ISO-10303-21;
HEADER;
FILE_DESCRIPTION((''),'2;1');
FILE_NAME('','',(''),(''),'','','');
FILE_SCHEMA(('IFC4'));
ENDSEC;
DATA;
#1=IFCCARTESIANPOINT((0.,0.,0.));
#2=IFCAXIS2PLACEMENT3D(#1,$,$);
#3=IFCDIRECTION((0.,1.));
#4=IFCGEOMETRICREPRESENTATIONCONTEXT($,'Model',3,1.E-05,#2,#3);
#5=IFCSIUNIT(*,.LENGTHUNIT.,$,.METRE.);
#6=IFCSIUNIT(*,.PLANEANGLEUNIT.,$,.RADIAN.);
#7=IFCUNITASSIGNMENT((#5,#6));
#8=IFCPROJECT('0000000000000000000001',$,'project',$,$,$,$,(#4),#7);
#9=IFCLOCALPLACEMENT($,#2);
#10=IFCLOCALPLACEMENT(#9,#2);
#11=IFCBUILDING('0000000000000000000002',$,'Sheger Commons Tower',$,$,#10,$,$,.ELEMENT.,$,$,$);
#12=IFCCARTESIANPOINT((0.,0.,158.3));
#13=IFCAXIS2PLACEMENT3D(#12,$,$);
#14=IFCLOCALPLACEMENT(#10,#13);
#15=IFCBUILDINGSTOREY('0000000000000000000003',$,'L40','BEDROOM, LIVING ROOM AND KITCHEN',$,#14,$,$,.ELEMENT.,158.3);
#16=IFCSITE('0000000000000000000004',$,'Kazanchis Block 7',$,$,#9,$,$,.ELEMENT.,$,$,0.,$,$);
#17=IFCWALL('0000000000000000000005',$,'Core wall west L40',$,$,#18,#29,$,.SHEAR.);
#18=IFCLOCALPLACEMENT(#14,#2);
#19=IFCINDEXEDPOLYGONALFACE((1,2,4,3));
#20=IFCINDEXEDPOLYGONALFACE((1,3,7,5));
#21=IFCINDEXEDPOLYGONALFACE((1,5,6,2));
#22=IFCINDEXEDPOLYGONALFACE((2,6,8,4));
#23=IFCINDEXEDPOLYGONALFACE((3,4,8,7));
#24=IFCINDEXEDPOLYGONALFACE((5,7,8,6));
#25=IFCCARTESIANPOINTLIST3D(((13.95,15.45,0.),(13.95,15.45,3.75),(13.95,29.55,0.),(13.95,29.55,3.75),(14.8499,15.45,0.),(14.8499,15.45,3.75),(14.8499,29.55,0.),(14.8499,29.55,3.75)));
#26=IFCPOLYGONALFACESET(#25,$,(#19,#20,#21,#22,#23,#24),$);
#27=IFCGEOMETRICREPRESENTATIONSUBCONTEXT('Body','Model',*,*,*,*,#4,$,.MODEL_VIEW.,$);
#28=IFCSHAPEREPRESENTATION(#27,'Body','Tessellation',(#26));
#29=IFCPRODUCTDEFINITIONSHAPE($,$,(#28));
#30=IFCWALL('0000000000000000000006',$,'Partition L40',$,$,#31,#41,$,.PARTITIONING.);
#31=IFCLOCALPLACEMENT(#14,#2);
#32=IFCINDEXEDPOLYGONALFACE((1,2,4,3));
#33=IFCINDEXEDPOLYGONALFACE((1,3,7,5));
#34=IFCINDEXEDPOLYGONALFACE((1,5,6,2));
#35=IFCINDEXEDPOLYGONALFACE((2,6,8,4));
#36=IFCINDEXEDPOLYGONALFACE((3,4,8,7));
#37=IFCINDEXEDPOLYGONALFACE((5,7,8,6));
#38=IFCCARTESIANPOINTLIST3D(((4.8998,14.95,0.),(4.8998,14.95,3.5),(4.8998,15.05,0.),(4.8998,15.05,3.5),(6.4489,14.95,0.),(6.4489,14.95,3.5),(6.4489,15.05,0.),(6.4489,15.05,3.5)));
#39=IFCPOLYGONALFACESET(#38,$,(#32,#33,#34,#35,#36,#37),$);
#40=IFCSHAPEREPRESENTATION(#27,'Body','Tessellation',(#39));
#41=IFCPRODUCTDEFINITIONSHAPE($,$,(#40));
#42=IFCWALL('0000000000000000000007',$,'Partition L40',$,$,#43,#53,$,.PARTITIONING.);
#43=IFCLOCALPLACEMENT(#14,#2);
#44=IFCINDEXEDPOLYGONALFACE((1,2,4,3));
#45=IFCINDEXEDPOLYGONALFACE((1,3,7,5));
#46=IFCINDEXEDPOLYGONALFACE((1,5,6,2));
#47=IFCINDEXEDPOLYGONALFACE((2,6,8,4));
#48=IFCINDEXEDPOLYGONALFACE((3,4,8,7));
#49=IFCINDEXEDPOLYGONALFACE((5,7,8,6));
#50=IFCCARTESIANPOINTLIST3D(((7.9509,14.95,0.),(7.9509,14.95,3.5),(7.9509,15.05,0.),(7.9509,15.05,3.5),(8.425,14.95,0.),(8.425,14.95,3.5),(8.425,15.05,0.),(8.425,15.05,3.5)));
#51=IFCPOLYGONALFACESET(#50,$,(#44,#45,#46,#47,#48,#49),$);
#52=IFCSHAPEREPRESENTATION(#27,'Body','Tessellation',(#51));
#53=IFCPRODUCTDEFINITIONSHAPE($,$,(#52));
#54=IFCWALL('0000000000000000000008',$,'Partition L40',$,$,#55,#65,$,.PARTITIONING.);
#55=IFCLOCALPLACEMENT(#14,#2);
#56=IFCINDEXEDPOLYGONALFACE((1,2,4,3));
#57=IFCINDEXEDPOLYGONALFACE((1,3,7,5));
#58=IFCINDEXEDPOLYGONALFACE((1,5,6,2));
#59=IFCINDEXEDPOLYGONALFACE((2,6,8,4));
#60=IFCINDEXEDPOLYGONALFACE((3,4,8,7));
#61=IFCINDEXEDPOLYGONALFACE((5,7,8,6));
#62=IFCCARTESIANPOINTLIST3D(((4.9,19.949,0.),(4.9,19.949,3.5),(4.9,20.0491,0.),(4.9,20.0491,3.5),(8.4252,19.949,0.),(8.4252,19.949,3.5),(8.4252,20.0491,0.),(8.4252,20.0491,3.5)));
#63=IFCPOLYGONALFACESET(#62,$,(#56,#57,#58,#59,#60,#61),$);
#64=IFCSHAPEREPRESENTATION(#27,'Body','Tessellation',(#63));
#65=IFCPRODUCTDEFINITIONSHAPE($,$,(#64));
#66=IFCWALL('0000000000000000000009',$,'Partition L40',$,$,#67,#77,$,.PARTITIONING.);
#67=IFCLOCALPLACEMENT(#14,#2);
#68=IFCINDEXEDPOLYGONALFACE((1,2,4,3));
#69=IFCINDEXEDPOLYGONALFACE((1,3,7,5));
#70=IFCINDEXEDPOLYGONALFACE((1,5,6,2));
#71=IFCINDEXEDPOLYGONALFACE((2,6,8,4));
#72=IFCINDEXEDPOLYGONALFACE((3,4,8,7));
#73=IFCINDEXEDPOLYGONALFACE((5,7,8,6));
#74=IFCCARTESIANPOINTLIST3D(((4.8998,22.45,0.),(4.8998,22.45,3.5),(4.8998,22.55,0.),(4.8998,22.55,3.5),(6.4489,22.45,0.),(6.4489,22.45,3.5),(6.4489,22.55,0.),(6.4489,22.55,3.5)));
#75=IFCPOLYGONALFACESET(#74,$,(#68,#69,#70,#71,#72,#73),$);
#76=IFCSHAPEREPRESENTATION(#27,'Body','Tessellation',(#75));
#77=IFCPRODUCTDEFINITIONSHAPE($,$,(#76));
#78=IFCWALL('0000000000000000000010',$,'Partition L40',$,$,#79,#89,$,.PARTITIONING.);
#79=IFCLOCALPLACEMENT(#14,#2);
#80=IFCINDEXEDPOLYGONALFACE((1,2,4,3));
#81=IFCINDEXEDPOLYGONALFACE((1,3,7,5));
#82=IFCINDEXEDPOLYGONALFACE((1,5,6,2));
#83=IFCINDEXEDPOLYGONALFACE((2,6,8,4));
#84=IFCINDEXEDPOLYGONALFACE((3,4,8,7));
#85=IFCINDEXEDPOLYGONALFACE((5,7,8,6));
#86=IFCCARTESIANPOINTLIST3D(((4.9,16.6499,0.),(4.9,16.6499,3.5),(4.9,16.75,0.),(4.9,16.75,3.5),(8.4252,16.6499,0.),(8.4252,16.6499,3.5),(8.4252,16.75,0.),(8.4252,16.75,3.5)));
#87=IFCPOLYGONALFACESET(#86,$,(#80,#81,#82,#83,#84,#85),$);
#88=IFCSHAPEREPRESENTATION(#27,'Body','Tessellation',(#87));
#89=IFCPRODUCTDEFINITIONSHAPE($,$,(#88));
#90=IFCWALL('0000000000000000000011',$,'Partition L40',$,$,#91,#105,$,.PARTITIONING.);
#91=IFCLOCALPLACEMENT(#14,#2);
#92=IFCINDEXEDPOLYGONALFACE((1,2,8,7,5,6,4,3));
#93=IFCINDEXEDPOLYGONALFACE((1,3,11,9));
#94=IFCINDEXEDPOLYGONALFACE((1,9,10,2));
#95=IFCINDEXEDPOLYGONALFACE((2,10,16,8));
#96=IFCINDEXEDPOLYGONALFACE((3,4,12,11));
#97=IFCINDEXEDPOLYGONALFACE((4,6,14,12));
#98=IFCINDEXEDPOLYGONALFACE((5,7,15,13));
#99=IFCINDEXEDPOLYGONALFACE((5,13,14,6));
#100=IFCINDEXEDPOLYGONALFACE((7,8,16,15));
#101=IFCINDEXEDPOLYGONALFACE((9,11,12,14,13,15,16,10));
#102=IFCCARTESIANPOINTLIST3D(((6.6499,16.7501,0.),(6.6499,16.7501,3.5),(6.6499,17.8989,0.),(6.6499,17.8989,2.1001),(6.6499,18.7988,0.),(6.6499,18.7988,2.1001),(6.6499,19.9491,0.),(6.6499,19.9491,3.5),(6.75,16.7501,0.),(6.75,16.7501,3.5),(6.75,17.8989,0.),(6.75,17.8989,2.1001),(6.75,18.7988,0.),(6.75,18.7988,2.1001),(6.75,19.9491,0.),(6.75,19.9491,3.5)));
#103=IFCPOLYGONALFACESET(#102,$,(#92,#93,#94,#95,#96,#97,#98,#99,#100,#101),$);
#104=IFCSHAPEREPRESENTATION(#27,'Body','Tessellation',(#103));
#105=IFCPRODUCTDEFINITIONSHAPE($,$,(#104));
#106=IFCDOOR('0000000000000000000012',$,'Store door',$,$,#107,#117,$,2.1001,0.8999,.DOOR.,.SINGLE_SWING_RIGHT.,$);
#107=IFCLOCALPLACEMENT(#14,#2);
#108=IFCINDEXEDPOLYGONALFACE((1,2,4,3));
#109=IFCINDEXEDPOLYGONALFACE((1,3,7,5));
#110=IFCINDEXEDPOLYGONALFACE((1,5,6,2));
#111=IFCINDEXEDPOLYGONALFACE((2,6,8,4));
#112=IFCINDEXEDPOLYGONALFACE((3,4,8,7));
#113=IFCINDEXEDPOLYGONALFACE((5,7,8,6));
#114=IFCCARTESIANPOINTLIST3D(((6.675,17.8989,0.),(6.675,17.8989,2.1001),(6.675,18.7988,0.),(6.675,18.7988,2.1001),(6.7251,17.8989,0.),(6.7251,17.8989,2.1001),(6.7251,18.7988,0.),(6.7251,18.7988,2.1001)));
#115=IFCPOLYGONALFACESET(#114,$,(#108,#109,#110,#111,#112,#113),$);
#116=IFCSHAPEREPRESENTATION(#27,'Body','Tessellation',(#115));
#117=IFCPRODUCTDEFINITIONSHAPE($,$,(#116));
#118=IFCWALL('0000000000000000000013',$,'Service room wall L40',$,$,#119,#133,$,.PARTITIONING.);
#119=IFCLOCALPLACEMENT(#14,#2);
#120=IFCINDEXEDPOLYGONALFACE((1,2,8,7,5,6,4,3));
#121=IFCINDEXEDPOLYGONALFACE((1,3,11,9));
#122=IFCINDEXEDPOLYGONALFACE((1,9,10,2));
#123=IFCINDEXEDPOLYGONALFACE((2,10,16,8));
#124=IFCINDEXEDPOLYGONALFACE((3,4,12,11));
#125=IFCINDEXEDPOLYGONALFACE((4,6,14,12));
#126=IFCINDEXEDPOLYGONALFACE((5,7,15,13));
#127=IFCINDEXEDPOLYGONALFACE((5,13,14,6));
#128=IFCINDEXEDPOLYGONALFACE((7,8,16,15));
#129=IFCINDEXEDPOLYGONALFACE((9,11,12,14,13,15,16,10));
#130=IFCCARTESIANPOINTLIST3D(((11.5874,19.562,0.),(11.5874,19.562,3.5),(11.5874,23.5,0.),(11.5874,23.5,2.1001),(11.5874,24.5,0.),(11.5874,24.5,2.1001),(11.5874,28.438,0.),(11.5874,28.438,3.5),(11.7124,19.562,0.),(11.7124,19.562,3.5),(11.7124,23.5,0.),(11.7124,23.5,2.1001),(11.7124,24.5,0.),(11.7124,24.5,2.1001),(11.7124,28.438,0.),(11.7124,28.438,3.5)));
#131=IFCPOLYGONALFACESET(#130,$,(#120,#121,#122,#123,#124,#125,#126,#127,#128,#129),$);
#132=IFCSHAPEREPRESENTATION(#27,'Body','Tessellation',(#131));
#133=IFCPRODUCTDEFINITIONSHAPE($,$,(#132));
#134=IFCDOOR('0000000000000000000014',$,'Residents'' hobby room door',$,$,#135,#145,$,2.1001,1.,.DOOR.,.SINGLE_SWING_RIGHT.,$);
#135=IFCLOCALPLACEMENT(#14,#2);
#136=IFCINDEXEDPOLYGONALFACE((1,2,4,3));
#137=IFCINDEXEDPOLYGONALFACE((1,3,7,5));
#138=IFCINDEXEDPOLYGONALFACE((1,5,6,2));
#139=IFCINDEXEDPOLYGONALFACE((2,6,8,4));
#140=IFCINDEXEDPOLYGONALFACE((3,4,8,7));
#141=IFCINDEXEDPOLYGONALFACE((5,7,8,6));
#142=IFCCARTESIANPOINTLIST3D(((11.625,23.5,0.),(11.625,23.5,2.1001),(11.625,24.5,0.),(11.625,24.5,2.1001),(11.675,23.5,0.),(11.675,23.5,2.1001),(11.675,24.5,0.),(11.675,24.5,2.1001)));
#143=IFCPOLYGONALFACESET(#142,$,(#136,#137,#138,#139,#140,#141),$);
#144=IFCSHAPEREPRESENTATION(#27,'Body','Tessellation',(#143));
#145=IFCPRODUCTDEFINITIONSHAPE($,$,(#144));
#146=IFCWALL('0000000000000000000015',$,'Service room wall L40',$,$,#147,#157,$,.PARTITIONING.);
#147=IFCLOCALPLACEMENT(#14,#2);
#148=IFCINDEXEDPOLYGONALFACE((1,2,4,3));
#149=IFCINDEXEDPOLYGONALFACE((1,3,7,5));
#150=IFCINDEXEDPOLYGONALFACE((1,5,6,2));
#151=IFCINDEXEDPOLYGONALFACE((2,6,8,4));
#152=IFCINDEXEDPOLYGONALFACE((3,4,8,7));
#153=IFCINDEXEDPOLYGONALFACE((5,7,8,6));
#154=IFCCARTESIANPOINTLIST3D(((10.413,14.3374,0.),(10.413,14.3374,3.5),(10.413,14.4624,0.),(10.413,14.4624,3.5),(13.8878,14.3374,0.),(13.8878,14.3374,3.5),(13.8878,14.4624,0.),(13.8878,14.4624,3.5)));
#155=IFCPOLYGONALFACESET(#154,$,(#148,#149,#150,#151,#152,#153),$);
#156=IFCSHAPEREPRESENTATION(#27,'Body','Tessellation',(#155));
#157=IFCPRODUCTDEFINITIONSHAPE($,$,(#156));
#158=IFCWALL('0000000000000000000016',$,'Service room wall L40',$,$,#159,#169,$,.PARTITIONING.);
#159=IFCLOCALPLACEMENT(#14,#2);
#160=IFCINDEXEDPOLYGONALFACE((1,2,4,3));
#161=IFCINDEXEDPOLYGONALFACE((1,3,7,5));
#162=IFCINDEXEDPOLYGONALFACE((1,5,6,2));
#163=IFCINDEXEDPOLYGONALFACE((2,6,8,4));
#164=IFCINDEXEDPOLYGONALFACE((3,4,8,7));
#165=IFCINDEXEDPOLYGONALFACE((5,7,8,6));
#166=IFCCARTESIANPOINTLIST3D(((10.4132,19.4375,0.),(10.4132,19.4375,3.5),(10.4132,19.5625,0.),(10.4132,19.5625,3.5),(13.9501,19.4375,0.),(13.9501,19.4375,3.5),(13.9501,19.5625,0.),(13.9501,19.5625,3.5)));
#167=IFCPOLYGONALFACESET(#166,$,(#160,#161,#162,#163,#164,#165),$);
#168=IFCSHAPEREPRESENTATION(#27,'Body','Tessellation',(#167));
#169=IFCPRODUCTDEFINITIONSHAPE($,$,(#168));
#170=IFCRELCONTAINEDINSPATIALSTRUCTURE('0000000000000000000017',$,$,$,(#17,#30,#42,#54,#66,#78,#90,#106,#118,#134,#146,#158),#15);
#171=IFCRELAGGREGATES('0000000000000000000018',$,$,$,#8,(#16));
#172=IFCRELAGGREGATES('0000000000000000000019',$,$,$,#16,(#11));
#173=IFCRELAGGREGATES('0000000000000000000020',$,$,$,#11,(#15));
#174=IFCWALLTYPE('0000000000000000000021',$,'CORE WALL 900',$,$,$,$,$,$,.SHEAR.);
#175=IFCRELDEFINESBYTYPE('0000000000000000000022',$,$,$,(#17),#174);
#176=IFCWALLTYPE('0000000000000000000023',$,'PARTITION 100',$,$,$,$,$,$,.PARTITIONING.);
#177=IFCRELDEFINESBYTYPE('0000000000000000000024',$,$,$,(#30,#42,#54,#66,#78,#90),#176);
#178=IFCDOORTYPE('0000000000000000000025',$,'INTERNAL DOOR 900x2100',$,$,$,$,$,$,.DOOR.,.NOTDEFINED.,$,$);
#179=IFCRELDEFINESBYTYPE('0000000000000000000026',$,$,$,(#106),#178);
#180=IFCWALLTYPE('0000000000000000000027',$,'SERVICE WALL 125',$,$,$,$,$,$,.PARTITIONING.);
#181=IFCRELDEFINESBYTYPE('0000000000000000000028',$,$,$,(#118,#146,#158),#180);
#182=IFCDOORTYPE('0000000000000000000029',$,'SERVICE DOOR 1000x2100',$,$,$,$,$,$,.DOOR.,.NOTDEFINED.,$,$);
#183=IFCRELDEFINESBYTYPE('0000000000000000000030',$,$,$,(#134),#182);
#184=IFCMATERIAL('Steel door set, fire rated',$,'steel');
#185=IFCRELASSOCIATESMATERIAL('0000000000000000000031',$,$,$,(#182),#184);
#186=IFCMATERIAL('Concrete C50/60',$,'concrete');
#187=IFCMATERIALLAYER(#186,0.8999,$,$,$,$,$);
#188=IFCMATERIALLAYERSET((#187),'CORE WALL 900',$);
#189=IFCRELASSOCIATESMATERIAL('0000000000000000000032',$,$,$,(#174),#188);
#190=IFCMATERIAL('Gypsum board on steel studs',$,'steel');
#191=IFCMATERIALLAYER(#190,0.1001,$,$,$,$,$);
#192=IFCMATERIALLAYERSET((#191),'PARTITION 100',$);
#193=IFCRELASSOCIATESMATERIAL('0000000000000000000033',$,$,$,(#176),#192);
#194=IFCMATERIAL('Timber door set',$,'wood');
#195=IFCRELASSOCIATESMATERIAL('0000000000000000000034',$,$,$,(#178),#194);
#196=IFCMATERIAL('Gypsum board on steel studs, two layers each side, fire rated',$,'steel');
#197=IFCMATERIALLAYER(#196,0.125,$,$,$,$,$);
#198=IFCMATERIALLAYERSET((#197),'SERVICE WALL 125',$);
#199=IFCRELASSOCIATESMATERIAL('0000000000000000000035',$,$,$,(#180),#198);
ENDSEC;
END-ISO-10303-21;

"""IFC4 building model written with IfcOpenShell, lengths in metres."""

from ifc_helpers import new_model, si_unit, direction, frame, frame_2d, origin, place, context, subcontext, project, spatial, rectangle, extrude, material, layer, layer_set, type_object, element, fill, save


model = new_model("IFC4")

# Units and contexts
model_context = context("Model", 3, precision=1e-05, world=origin(), true_north=direction((0.0, 1.0)))
body_context = subcontext(model_context, "Body", "Model", "MODEL_VIEW")
ifc_project = project(units=[si_unit("LENGTHUNIT", "METRE"), si_unit("PLANEANGLEUNIT", "RADIAN")], contexts=[model_context])

# Site, building, storey
site_placement = place(None, origin())
site = spatial("IfcSite", under=ifc_project, at=site_placement, Name="Kazanchis Block 7", CompositionType="ELEMENT", RefElevation=0.0)
building_placement = place(site_placement, origin())
building = spatial("IfcBuilding", under=site, at=building_placement, Name="Sheger Commons Tower", CompositionType="ELEMENT")
storey_placement = place(building_placement, frame((0.0, 0.0, 158.3)))
storey = spatial("IfcBuildingStorey", under=building, at=storey_placement, Name="L40", Description="BEDROOM, LIVING ROOM AND KITCHEN", CompositionType="ELEMENT", Elevation=158.3)

# Shared definitions
ifc_material_1 = material(Name="Steel door set, fire rated", Category="steel")
door_type_1 = type_object("IfcDoorType", Name="SERVICE DOOR 1000x2100", OperationType="NOTDEFINED", PredefinedType="DOOR", material=ifc_material_1)
ifc_material_2 = material(Name="Concrete C50/60", Category="concrete")
ifc_layer_1 = layer(ifc_material_2, 0.8999)
ifc_layer_set_1 = layer_set([ifc_layer_1], Name="CORE WALL 900")
wall_type_1 = type_object("IfcWallType", Name="CORE WALL 900", PredefinedType="SHEAR", material=ifc_layer_set_1)

# Walls
wall_1_placement = place(storey_placement, frame((14.3999, 15.45, 0.0), z_axis=(0.0, 0.0, 1.0), x_axis=(0.0, 1.0, 0.0)))
element("IfcWall", 1, at=wall_1_placement, inside=storey, type_object=wall_type_1, Name="Core wall west L40", PredefinedType="SHEAR", context=body_context, shape_type="SweptSolid", body=[
    extrude(rectangle(XDim=14.1001, YDim=0.8999, at=frame_2d((7.05, 0.0))), origin(), (0.0, 0.0, 1.0), 3.75),
])
ifc_material_3 = material(Name="Gypsum board on steel studs", Category="steel")
ifc_layer_2 = layer(ifc_material_3, 0.1001)
ifc_layer_set_2 = layer_set([ifc_layer_2], Name="PARTITION 100")
wall_type_2 = type_object("IfcWallType", Name="PARTITION 100", PredefinedType="PARTITIONING", material=ifc_layer_set_2)
wall_2_placement = place(storey_placement, frame((4.8999, 15.0, 0.0), z_axis=(0.0, 0.0, 1.0), x_axis=(1.0, 0.0, 0.0)))
element("IfcWall", 2, at=wall_2_placement, inside=storey, type_object=wall_type_2, Name="Partition L40", PredefinedType="PARTITIONING", context=body_context, shape_type="SweptSolid", body=[
    extrude(rectangle(XDim=1.5491, YDim=0.1001, at=frame_2d((0.7744, 0.0))), origin(), (0.0, 0.0, 1.0), 3.5),
])
wall_3_placement = place(storey_placement, frame((7.9509, 15.0, 0.0), z_axis=(0.0, 0.0, 1.0), x_axis=(1.0, 0.0, 0.0)))
element("IfcWall", 3, at=wall_3_placement, inside=storey, type_object=wall_type_2, Name="Partition L40", PredefinedType="PARTITIONING", context=body_context, shape_type="SweptSolid", body=[
    extrude(rectangle(XDim=0.4741, YDim=0.1001, at=frame_2d((0.2371, 0.0))), origin(), (0.0, 0.0, 1.0), 3.5),
])
wall_4_placement = place(storey_placement, frame((4.8999, 19.999, 0.0), z_axis=(0.0, 0.0, 1.0), x_axis=(1.0, 0.0, 0.0)))
element("IfcWall", 4, at=wall_4_placement, inside=storey, type_object=wall_type_2, Name="Partition L40", PredefinedType="PARTITIONING", context=body_context, shape_type="SweptSolid", body=[
    extrude(rectangle(XDim=3.5251, YDim=0.1001, at=frame_2d((1.7627, 0.0))), origin(), (0.0, 0.0, 1.0), 3.5),
])
wall_5_placement = place(storey_placement, frame((4.8999, 22.5, 0.0), z_axis=(0.0, 0.0, 1.0), x_axis=(1.0, 0.0, 0.0)))
element("IfcWall", 5, at=wall_5_placement, inside=storey, type_object=wall_type_2, Name="Partition L40", PredefinedType="PARTITIONING", context=body_context, shape_type="SweptSolid", body=[
    extrude(rectangle(XDim=1.5491, YDim=0.1001, at=frame_2d((0.7744, 0.0))), origin(), (0.0, 0.0, 1.0), 3.5),
])
wall_6_placement = place(storey_placement, frame((4.8999, 16.7, 0.0), z_axis=(0.0, 0.0, 1.0), x_axis=(1.0, 0.0, 0.0)))
element("IfcWall", 6, at=wall_6_placement, inside=storey, type_object=wall_type_2, Name="Partition L40", PredefinedType="PARTITIONING", context=body_context, shape_type="SweptSolid", body=[
    extrude(rectangle(XDim=3.5251, YDim=0.1001, at=frame_2d((1.7627, 0.0))), origin(), (0.0, 0.0, 1.0), 3.5),
])

# Walls, openings, doors
wall_7_placement = place(storey_placement, frame((6.7, 16.75, 0.0), z_axis=(0.0, 0.0, 1.0), x_axis=(0.0, 1.0, 0.0)))
wall_7 = element("IfcWall", 7, at=wall_7_placement, inside=storey, type_object=wall_type_2, Name="Partition L40", PredefinedType="PARTITIONING", context=body_context, shape_type="SweptSolid", body=[
    extrude(rectangle(XDim=3.199, YDim=0.1001, at=frame_2d((1.5996, 0.0))), origin(), (0.0, 0.0, 1.0), 3.5),
])
opening_1_placement = place(wall_7_placement, frame((1.1489, 0.0, 0.0)))
opening_1 = element("IfcOpeningElement", 8, at=opening_1_placement, cuts=wall_7, PredefinedType="OPENING", context=body_context, shape_type="SweptSolid", body=[
    extrude(rectangle(XDim=0.8999, YDim=2.1001, at=frame_2d((0.45, 1.05))), frame((0.0, 0.0601, 0.0), z_axis=(0.0, -1.0, 0.0), x_axis=(1.0, 0.0, 0.0)), (0.0, 0.0, 1.0), 0.1201),
])
ifc_material_4 = material(Name="Timber door set", Category="wood")
door_type_2 = type_object("IfcDoorType", Name="INTERNAL DOOR 900x2100", OperationType="NOTDEFINED", PredefinedType="DOOR", material=ifc_material_4)
door_1_placement = place(opening_1_placement, origin())
door_1 = element("IfcDoor", 9, at=door_1_placement, inside=storey, type_object=door_type_2, Name="Store door", OperationType="SINGLE_SWING_RIGHT", OverallHeight=2.1001, OverallWidth=0.8999, PredefinedType="DOOR", context=body_context, shape_type="SweptSolid", body=[
    extrude(rectangle(XDim=0.8999, YDim=2.1001, at=frame_2d((0.45, 1.05))), frame((0.0, 0.0249, 0.0), z_axis=(0.0, -1.0, 0.0), x_axis=(1.0, 0.0, 0.0)), (0.0, 0.0, 1.0), 0.05),
])
fill(opening_1, door_1)
ifc_material_5 = material(Name="Gypsum board on steel studs, two layers each side, fire rated", Category="steel")
ifc_layer_3 = layer(ifc_material_5, 0.125)
ifc_layer_set_3 = layer_set([ifc_layer_3], Name="SERVICE WALL 125")
wall_type_3 = type_object("IfcWallType", Name="SERVICE WALL 125", PredefinedType="PARTITIONING", material=ifc_layer_set_3)
wall_8_placement = place(storey_placement, frame((11.6499, 19.562, 0.0), z_axis=(0.0, 0.0, 1.0), x_axis=(0.0, 1.0, 0.0)))
wall_8 = element("IfcWall", 10, at=wall_8_placement, inside=storey, type_object=wall_type_3, Name="Service room wall L40", PredefinedType="PARTITIONING", context=body_context, shape_type="SweptSolid", body=[
    extrude(rectangle(XDim=8.876, YDim=0.125, at=frame_2d((4.438, 0.0))), origin(), (0.0, 0.0, 1.0), 3.5),
])
opening_2_placement = place(wall_8_placement, frame((3.938, 0.0, 0.0)))
opening_2 = element("IfcOpeningElement", 11, at=opening_2_placement, cuts=wall_8, PredefinedType="OPENING", context=body_context, shape_type="SweptSolid", body=[
    extrude(rectangle(XDim=1.0, YDim=2.1001, at=frame_2d((0.5, 1.05))), frame((0.0, 0.0725, 0.0), z_axis=(0.0, -1.0, 0.0), x_axis=(1.0, 0.0, 0.0)), (0.0, 0.0, 1.0), 0.145),
])
door_2_placement = place(opening_2_placement, origin())
door_2 = element("IfcDoor", 12, at=door_2_placement, inside=storey, type_object=door_type_1, Name="Residents' hobby room door", OperationType="SINGLE_SWING_RIGHT", OverallHeight=2.1001, OverallWidth=1.0, PredefinedType="DOOR", context=body_context, shape_type="SweptSolid", body=[
    extrude(rectangle(XDim=1.0, YDim=2.1001, at=frame_2d((0.5, 1.05))), frame((0.0, 0.0249, 0.0), z_axis=(0.0, -1.0, 0.0), x_axis=(1.0, 0.0, 0.0)), (0.0, 0.0, 1.0), 0.05),
])
fill(opening_2, door_2)

# Walls
wall_9_placement = place(storey_placement, frame((10.4131, 14.3999, 0.0), z_axis=(0.0, 0.0, 1.0), x_axis=(1.0, 0.0, 0.0)))
element("IfcWall", 13, at=wall_9_placement, inside=storey, type_object=wall_type_3, Name="Service room wall L40", PredefinedType="PARTITIONING", context=body_context, shape_type="SweptSolid", body=[
    extrude(rectangle(XDim=3.4749, YDim=0.125, at=frame_2d((1.7373, 0.0))), origin(), (0.0, 0.0, 1.0), 3.5),
])
wall_10_placement = place(storey_placement, frame((10.4131, 19.5, 0.0), z_axis=(0.0, 0.0, 1.0), x_axis=(1.0, 0.0, 0.0)))
element("IfcWall", 14, at=wall_10_placement, inside=storey, type_object=wall_type_3, Name="Service room wall L40", PredefinedType="PARTITIONING", context=body_context, shape_type="SweptSolid", body=[
    extrude(rectangle(XDim=3.5369, YDim=0.125, at=frame_2d((1.7686, 0.0))), origin(), (0.0, 0.0, 1.0), 3.5),
])

save(model, "model.ifc")
